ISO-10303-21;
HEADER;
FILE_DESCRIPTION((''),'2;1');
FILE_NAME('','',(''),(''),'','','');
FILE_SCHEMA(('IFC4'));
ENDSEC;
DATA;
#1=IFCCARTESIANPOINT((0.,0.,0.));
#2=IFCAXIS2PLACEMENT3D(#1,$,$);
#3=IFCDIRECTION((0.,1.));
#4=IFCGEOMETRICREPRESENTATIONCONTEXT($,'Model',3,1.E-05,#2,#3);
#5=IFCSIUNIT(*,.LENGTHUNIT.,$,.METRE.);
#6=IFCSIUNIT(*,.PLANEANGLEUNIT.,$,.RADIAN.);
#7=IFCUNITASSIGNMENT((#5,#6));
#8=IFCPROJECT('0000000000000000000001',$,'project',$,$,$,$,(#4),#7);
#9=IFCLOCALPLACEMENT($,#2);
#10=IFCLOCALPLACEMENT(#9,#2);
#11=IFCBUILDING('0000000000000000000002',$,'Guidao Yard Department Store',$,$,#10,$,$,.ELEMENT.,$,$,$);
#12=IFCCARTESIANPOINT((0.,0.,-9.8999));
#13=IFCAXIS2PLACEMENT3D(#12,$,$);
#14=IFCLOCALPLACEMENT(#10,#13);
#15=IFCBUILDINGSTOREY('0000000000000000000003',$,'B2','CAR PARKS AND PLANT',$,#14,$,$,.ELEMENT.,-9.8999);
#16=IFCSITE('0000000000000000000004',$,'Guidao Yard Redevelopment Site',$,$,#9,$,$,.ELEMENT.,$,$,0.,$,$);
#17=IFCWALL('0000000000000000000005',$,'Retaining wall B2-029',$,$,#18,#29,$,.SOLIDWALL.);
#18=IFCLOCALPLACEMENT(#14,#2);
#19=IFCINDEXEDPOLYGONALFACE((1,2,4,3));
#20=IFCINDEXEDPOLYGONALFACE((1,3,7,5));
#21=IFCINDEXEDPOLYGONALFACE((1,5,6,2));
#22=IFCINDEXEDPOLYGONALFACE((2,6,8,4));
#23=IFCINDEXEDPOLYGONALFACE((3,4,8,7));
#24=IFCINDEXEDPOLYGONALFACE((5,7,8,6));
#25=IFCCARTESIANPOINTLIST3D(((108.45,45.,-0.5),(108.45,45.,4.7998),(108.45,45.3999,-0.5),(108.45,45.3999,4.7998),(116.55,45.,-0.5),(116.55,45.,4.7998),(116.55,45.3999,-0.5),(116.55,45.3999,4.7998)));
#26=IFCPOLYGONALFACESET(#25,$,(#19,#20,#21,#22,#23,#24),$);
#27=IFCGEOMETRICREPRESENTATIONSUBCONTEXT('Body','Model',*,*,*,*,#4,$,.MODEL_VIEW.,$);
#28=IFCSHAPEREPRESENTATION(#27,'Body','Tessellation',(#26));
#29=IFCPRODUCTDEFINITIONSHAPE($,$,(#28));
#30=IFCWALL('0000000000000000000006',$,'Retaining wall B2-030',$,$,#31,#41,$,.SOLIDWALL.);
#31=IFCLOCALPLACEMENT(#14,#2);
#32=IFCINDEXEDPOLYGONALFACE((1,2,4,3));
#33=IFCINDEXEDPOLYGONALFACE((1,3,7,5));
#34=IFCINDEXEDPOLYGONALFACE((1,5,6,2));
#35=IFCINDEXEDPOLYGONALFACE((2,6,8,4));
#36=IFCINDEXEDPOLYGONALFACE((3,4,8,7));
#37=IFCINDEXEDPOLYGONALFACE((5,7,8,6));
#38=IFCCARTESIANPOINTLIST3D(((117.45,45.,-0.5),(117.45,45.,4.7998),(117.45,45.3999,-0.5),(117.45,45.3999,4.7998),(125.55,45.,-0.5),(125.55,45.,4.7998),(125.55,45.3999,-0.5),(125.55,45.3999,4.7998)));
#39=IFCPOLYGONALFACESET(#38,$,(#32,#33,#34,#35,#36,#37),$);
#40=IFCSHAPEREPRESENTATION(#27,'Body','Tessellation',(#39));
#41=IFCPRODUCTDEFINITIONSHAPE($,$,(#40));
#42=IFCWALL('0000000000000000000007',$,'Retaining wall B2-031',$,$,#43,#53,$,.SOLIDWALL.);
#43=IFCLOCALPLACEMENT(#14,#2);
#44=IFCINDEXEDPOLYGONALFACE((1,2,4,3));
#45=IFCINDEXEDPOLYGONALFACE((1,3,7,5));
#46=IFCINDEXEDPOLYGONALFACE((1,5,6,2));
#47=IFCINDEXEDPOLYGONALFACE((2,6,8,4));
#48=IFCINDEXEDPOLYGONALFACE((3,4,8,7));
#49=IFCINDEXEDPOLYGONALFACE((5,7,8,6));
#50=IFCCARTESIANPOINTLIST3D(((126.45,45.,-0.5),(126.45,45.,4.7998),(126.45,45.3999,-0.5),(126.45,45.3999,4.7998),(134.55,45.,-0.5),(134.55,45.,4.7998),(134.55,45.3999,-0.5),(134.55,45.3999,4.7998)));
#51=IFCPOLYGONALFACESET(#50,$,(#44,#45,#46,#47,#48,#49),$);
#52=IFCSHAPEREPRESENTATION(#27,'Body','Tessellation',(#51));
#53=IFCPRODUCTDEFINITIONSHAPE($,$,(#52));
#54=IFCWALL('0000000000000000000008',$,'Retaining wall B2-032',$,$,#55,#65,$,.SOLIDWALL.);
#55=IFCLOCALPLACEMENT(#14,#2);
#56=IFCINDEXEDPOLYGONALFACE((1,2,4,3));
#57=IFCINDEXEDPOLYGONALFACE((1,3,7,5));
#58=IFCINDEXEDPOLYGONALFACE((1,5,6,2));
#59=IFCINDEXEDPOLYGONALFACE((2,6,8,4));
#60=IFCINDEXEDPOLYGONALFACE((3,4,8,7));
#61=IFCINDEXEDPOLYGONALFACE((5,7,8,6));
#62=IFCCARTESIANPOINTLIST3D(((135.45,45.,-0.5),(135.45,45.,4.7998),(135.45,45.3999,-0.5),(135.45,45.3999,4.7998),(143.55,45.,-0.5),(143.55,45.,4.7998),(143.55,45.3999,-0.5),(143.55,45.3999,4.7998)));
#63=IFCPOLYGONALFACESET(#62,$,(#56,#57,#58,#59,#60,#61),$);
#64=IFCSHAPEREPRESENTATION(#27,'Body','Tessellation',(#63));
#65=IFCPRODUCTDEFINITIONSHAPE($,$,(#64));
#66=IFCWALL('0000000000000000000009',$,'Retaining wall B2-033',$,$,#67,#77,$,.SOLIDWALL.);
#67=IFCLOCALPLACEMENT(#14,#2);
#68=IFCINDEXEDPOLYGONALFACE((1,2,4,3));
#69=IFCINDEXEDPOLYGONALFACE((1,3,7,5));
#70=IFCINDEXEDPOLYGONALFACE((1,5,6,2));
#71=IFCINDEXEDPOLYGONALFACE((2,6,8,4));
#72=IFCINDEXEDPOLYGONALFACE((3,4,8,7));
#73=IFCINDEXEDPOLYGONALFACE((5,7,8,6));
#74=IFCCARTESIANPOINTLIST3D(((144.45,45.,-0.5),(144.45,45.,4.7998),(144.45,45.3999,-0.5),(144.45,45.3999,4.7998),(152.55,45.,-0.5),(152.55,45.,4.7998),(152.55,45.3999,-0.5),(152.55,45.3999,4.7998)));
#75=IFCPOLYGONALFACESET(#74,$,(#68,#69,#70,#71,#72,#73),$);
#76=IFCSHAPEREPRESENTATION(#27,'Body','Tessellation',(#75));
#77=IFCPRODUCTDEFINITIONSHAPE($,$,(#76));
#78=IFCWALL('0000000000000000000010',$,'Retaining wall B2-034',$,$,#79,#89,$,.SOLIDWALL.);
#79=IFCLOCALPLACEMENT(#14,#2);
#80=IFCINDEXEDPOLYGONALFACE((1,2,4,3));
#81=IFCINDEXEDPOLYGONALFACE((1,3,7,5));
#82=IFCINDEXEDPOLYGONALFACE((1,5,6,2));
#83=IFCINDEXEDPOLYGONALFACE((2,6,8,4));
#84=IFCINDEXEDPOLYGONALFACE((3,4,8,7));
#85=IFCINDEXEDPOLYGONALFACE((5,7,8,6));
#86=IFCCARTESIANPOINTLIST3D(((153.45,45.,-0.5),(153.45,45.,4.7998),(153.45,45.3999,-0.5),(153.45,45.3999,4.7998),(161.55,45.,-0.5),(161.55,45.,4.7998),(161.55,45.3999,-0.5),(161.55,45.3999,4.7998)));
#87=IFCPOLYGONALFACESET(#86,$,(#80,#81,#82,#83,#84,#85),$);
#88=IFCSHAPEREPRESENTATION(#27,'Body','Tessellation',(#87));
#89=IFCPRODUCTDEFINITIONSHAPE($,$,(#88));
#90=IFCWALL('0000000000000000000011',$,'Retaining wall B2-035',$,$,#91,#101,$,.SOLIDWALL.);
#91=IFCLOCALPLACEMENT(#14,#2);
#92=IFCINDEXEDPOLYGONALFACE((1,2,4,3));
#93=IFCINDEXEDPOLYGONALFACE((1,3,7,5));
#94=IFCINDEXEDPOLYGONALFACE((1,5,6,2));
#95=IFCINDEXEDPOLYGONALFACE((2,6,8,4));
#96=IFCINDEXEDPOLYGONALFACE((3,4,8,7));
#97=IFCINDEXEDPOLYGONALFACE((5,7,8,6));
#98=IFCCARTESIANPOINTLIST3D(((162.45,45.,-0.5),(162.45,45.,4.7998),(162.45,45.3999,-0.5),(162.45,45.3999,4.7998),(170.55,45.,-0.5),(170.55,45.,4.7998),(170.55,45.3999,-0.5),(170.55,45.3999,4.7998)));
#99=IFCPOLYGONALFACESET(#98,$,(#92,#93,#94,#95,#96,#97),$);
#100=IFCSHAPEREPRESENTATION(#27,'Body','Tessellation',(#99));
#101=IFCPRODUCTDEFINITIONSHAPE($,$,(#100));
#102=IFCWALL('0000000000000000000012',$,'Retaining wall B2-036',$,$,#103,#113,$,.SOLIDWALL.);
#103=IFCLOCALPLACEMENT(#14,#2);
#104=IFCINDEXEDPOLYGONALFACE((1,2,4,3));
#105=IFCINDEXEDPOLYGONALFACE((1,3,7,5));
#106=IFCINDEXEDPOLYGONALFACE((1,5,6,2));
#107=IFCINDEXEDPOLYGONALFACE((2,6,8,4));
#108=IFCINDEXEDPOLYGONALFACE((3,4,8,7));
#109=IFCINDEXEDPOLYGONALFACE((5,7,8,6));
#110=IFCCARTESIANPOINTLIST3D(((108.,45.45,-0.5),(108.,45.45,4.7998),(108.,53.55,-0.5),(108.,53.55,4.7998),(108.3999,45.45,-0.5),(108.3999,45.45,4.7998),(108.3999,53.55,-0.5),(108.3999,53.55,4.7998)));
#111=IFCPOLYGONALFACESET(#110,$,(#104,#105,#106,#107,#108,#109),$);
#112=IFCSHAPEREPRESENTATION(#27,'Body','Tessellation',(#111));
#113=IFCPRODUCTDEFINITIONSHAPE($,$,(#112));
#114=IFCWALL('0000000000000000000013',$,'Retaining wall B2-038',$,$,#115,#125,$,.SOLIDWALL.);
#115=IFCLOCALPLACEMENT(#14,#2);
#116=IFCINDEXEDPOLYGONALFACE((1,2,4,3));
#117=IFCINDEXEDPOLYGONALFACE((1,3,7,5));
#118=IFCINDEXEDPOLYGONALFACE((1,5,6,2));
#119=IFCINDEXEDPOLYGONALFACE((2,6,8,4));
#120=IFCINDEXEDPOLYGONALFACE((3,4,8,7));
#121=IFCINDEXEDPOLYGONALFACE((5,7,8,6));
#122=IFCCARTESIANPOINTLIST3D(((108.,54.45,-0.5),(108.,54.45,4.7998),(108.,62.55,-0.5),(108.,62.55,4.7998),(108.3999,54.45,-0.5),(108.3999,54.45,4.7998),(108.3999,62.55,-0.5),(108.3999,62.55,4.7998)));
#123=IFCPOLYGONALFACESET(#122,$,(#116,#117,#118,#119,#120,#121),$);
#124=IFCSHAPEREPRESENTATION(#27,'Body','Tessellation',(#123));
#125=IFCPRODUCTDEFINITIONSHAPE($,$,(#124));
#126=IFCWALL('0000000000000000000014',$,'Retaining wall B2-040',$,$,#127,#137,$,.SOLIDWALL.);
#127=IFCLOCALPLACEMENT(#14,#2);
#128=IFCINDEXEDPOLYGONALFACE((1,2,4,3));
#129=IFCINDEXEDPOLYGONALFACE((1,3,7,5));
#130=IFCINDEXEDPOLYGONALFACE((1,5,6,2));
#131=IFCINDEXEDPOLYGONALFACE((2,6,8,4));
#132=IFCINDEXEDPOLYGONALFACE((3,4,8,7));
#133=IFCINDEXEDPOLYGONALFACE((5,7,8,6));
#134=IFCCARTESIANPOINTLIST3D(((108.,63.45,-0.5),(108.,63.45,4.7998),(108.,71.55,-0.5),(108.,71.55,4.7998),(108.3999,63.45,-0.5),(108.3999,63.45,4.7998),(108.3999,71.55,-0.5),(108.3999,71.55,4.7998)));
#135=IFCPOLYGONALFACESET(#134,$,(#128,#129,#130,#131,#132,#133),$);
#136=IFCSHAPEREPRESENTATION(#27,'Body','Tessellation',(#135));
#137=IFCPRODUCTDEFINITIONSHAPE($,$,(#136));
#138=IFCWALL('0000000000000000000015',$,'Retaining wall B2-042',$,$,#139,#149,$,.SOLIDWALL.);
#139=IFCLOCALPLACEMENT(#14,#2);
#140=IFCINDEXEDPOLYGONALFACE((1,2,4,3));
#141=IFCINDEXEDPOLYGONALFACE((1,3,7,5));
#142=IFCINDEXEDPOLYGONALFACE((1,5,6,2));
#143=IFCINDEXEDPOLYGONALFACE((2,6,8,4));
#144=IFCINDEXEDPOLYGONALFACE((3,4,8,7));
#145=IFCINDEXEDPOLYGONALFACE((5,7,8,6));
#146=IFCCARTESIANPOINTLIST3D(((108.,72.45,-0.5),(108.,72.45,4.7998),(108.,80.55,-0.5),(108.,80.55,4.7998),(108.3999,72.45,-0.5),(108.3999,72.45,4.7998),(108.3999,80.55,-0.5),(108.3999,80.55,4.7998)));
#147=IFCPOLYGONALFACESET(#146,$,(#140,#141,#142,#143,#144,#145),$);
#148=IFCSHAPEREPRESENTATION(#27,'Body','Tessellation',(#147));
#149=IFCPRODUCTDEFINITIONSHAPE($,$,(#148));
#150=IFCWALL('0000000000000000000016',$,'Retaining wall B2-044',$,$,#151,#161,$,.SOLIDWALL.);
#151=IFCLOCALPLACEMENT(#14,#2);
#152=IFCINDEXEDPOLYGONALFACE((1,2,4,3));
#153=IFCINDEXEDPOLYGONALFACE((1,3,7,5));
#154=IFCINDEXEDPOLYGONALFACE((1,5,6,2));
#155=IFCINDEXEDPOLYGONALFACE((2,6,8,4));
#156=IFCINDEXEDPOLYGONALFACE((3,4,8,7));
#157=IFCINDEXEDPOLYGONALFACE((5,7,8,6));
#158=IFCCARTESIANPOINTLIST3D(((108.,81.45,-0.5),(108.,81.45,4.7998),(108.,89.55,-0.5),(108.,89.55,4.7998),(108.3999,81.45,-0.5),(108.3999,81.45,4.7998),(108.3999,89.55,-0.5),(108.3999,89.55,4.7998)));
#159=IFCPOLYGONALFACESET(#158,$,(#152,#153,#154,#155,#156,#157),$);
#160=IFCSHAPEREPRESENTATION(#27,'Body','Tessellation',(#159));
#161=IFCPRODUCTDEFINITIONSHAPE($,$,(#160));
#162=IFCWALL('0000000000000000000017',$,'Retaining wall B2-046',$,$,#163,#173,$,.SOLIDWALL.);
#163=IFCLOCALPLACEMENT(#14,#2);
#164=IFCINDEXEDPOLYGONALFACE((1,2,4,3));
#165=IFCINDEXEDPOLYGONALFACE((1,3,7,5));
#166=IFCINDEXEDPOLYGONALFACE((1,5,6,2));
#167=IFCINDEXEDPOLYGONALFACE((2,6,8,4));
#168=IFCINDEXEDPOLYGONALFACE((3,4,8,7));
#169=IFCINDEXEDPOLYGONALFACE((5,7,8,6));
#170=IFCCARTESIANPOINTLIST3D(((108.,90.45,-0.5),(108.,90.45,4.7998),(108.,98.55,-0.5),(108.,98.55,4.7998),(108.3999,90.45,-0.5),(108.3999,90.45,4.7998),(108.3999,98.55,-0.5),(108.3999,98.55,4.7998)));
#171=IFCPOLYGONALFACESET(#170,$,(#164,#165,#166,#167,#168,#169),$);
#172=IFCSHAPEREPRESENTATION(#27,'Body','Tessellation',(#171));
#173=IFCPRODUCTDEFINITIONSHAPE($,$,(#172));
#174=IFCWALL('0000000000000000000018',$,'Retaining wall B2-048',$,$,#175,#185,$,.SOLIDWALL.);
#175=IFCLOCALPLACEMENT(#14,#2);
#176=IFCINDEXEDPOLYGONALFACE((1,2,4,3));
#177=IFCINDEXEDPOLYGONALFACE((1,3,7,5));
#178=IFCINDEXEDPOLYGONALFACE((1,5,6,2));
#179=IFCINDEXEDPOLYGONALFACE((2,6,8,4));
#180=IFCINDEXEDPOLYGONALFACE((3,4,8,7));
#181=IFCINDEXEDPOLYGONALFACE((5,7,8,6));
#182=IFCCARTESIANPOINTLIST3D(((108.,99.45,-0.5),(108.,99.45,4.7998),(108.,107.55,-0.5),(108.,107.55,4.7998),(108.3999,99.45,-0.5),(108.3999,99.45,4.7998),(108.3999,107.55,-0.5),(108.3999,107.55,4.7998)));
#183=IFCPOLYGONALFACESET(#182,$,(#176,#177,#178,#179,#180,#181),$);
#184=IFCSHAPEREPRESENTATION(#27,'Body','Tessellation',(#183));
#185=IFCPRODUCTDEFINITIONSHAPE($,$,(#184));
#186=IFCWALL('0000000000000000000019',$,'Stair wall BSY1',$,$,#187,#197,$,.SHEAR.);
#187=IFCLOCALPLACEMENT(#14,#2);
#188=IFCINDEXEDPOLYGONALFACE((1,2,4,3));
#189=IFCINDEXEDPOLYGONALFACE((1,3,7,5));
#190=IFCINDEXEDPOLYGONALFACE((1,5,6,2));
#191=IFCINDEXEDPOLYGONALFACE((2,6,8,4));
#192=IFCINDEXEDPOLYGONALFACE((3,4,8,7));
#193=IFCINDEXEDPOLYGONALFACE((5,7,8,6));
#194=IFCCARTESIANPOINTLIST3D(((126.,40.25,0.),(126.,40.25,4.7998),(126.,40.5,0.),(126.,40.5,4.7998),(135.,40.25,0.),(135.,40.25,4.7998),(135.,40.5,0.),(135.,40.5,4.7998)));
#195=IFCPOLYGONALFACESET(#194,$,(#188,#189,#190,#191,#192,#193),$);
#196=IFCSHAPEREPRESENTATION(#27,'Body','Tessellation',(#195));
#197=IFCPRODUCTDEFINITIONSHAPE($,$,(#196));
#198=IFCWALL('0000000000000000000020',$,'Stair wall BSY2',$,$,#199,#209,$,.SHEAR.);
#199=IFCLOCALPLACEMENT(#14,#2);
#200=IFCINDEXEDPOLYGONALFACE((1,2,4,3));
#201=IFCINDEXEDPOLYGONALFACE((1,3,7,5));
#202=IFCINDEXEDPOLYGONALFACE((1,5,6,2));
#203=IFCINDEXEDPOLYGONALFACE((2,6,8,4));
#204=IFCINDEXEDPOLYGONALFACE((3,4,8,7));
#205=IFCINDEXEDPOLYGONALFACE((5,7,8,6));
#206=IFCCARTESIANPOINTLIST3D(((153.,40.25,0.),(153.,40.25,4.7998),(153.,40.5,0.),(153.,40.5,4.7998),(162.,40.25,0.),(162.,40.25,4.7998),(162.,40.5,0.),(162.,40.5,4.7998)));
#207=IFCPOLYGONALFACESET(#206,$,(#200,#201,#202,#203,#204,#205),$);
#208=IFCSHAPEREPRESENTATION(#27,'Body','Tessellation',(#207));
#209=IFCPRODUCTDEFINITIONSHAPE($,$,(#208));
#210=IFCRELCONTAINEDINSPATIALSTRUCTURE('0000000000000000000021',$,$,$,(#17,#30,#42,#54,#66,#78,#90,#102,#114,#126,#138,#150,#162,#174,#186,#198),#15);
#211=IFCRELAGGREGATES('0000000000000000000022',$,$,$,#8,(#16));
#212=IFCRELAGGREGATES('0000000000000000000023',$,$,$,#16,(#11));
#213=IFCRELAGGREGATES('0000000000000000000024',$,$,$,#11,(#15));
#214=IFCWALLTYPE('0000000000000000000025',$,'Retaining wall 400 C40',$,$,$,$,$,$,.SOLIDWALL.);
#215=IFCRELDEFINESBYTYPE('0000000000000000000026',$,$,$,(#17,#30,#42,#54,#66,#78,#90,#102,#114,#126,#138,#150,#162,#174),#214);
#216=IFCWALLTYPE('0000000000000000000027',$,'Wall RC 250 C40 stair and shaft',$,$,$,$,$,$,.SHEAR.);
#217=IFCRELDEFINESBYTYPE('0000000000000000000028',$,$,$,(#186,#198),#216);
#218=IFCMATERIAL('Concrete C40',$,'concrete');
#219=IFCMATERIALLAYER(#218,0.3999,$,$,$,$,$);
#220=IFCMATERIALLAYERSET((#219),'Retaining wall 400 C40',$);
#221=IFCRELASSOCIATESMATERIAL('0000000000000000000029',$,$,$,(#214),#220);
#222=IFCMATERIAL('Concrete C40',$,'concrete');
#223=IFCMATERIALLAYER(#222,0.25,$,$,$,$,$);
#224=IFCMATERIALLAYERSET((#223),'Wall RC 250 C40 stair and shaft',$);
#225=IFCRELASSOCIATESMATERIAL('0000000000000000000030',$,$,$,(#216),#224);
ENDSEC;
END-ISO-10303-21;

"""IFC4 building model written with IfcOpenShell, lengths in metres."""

from ifc_helpers import new_model, si_unit, direction, frame, frame_2d, origin, place, context, subcontext, project, spatial, rectangle, extrude, material, layer, layer_set, type_object, element, save


model = new_model("IFC4")

# Units and contexts
model_context = context("Model", 3, precision=1e-05, world=origin(), true_north=direction((0.0, 1.0)))
body_context = subcontext(model_context, "Body", "Model", "MODEL_VIEW")
ifc_project = project(units=[si_unit("LENGTHUNIT", "METRE"), si_unit("PLANEANGLEUNIT", "RADIAN")], contexts=[model_context])

# Site, building, storey
site_placement = place(None, origin())
site = spatial("IfcSite", under=ifc_project, at=site_placement, Name="Guidao Yard Redevelopment Site", CompositionType="ELEMENT", RefElevation=0.0)
building_placement = place(site_placement, origin())
building = spatial("IfcBuilding", under=site, at=building_placement, Name="Guidao Yard Department Store", CompositionType="ELEMENT")
storey_placement = place(building_placement, frame((0.0, 0.0, -9.8999)))
storey = spatial("IfcBuildingStorey", under=building, at=storey_placement, Name="B2", Description="CAR PARKS AND PLANT", CompositionType="ELEMENT", Elevation=-9.8999)

# Walls
ifc_material_1 = material(Name="Concrete C40", Category="concrete")
ifc_layer_1 = layer(ifc_material_1, 0.3999)
ifc_layer_set_1 = layer_set([ifc_layer_1], Name="Retaining wall 400 C40")
wall_type_1 = type_object("IfcWallType", Name="Retaining wall 400 C40", PredefinedType="SOLIDWALL", material=ifc_layer_set_1)
for number, where, z_axis, x_axis, name in (
    (1, (108.45, 45.2, -0.5), (0.0, 0.0, 1.0), (1.0, 0.0, 0.0), "Retaining wall B2-029"),
    (2, (117.45, 45.2, -0.5), (0.0, 0.0, 1.0), (1.0, 0.0, 0.0), "Retaining wall B2-030"),
    (3, (126.45, 45.2, -0.5), (0.0, 0.0, 1.0), (1.0, 0.0, 0.0), "Retaining wall B2-031"),
    (4, (135.45, 45.2, -0.5), (0.0, 0.0, 1.0), (1.0, 0.0, 0.0), "Retaining wall B2-032"),
    (5, (144.45, 45.2, -0.5), (0.0, 0.0, 1.0), (1.0, 0.0, 0.0), "Retaining wall B2-033"),
    (6, (153.45, 45.2, -0.5), (0.0, 0.0, 1.0), (1.0, 0.0, 0.0), "Retaining wall B2-034"),
    (7, (162.45, 45.2, -0.5), (0.0, 0.0, 1.0), (1.0, 0.0, 0.0), "Retaining wall B2-035"),
    (8, (108.2, 45.45, -0.5), (0.0, 0.0, 1.0), (0.0, 1.0, 0.0), "Retaining wall B2-036"),
    (9, (108.2, 54.45, -0.5), (0.0, 0.0, 1.0), (0.0, 1.0, 0.0), "Retaining wall B2-038"),
    (10, (108.2, 63.45, -0.5), (0.0, 0.0, 1.0), (0.0, 1.0, 0.0), "Retaining wall B2-040"),
    (11, (108.2, 72.45, -0.5), (0.0, 0.0, 1.0), (0.0, 1.0, 0.0), "Retaining wall B2-042"),
    (12, (108.2, 81.45, -0.5), (0.0, 0.0, 1.0), (0.0, 1.0, 0.0), "Retaining wall B2-044"),
    (13, (108.2, 90.45, -0.5), (0.0, 0.0, 1.0), (0.0, 1.0, 0.0), "Retaining wall B2-046"),
    (14, (108.2, 99.45, -0.5), (0.0, 0.0, 1.0), (0.0, 1.0, 0.0), "Retaining wall B2-048"),
):
    element("IfcWall", number, at=place(storey_placement, frame(where, z_axis=z_axis, x_axis=x_axis)), inside=storey, type_object=wall_type_1, Name=name, PredefinedType="SOLIDWALL", context=body_context, shape_type="SweptSolid", body=[
        extrude(rectangle(XDim=8.1001, YDim=0.3999, at=frame_2d((4.05, 0.0))), origin(), (0.0, 0.0, 1.0), 5.2998),
    ])
ifc_material_2 = material(Name="Concrete C40", Category="concrete")
ifc_layer_2 = layer(ifc_material_2, 0.25)
ifc_layer_set_2 = layer_set([ifc_layer_2], Name="Wall RC 250 C40 stair and shaft")
wall_type_2 = type_object("IfcWallType", Name="Wall RC 250 C40 stair and shaft", PredefinedType="SHEAR", material=ifc_layer_set_2)
for number, where, z_axis, x_axis, name in (
    (15, (126.0, 40.375, 0.0), (0.0, 0.0, 1.0), (1.0, 0.0, 0.0), "Stair wall BSY1"),
    (16, (153.0, 40.375, 0.0), (0.0, 0.0, 1.0), (1.0, 0.0, 0.0), "Stair wall BSY2"),
):
    element("IfcWall", number, at=place(storey_placement, frame(where, z_axis=z_axis, x_axis=x_axis)), inside=storey, type_object=wall_type_2, Name=name, PredefinedType="SHEAR", context=body_context, shape_type="SweptSolid", body=[
        extrude(rectangle(XDim=9.0, YDim=0.25, at=frame_2d((4.5, 0.0))), origin(), (0.0, 0.0, 1.0), 4.7998),
    ])

save(model, "model.ifc")
